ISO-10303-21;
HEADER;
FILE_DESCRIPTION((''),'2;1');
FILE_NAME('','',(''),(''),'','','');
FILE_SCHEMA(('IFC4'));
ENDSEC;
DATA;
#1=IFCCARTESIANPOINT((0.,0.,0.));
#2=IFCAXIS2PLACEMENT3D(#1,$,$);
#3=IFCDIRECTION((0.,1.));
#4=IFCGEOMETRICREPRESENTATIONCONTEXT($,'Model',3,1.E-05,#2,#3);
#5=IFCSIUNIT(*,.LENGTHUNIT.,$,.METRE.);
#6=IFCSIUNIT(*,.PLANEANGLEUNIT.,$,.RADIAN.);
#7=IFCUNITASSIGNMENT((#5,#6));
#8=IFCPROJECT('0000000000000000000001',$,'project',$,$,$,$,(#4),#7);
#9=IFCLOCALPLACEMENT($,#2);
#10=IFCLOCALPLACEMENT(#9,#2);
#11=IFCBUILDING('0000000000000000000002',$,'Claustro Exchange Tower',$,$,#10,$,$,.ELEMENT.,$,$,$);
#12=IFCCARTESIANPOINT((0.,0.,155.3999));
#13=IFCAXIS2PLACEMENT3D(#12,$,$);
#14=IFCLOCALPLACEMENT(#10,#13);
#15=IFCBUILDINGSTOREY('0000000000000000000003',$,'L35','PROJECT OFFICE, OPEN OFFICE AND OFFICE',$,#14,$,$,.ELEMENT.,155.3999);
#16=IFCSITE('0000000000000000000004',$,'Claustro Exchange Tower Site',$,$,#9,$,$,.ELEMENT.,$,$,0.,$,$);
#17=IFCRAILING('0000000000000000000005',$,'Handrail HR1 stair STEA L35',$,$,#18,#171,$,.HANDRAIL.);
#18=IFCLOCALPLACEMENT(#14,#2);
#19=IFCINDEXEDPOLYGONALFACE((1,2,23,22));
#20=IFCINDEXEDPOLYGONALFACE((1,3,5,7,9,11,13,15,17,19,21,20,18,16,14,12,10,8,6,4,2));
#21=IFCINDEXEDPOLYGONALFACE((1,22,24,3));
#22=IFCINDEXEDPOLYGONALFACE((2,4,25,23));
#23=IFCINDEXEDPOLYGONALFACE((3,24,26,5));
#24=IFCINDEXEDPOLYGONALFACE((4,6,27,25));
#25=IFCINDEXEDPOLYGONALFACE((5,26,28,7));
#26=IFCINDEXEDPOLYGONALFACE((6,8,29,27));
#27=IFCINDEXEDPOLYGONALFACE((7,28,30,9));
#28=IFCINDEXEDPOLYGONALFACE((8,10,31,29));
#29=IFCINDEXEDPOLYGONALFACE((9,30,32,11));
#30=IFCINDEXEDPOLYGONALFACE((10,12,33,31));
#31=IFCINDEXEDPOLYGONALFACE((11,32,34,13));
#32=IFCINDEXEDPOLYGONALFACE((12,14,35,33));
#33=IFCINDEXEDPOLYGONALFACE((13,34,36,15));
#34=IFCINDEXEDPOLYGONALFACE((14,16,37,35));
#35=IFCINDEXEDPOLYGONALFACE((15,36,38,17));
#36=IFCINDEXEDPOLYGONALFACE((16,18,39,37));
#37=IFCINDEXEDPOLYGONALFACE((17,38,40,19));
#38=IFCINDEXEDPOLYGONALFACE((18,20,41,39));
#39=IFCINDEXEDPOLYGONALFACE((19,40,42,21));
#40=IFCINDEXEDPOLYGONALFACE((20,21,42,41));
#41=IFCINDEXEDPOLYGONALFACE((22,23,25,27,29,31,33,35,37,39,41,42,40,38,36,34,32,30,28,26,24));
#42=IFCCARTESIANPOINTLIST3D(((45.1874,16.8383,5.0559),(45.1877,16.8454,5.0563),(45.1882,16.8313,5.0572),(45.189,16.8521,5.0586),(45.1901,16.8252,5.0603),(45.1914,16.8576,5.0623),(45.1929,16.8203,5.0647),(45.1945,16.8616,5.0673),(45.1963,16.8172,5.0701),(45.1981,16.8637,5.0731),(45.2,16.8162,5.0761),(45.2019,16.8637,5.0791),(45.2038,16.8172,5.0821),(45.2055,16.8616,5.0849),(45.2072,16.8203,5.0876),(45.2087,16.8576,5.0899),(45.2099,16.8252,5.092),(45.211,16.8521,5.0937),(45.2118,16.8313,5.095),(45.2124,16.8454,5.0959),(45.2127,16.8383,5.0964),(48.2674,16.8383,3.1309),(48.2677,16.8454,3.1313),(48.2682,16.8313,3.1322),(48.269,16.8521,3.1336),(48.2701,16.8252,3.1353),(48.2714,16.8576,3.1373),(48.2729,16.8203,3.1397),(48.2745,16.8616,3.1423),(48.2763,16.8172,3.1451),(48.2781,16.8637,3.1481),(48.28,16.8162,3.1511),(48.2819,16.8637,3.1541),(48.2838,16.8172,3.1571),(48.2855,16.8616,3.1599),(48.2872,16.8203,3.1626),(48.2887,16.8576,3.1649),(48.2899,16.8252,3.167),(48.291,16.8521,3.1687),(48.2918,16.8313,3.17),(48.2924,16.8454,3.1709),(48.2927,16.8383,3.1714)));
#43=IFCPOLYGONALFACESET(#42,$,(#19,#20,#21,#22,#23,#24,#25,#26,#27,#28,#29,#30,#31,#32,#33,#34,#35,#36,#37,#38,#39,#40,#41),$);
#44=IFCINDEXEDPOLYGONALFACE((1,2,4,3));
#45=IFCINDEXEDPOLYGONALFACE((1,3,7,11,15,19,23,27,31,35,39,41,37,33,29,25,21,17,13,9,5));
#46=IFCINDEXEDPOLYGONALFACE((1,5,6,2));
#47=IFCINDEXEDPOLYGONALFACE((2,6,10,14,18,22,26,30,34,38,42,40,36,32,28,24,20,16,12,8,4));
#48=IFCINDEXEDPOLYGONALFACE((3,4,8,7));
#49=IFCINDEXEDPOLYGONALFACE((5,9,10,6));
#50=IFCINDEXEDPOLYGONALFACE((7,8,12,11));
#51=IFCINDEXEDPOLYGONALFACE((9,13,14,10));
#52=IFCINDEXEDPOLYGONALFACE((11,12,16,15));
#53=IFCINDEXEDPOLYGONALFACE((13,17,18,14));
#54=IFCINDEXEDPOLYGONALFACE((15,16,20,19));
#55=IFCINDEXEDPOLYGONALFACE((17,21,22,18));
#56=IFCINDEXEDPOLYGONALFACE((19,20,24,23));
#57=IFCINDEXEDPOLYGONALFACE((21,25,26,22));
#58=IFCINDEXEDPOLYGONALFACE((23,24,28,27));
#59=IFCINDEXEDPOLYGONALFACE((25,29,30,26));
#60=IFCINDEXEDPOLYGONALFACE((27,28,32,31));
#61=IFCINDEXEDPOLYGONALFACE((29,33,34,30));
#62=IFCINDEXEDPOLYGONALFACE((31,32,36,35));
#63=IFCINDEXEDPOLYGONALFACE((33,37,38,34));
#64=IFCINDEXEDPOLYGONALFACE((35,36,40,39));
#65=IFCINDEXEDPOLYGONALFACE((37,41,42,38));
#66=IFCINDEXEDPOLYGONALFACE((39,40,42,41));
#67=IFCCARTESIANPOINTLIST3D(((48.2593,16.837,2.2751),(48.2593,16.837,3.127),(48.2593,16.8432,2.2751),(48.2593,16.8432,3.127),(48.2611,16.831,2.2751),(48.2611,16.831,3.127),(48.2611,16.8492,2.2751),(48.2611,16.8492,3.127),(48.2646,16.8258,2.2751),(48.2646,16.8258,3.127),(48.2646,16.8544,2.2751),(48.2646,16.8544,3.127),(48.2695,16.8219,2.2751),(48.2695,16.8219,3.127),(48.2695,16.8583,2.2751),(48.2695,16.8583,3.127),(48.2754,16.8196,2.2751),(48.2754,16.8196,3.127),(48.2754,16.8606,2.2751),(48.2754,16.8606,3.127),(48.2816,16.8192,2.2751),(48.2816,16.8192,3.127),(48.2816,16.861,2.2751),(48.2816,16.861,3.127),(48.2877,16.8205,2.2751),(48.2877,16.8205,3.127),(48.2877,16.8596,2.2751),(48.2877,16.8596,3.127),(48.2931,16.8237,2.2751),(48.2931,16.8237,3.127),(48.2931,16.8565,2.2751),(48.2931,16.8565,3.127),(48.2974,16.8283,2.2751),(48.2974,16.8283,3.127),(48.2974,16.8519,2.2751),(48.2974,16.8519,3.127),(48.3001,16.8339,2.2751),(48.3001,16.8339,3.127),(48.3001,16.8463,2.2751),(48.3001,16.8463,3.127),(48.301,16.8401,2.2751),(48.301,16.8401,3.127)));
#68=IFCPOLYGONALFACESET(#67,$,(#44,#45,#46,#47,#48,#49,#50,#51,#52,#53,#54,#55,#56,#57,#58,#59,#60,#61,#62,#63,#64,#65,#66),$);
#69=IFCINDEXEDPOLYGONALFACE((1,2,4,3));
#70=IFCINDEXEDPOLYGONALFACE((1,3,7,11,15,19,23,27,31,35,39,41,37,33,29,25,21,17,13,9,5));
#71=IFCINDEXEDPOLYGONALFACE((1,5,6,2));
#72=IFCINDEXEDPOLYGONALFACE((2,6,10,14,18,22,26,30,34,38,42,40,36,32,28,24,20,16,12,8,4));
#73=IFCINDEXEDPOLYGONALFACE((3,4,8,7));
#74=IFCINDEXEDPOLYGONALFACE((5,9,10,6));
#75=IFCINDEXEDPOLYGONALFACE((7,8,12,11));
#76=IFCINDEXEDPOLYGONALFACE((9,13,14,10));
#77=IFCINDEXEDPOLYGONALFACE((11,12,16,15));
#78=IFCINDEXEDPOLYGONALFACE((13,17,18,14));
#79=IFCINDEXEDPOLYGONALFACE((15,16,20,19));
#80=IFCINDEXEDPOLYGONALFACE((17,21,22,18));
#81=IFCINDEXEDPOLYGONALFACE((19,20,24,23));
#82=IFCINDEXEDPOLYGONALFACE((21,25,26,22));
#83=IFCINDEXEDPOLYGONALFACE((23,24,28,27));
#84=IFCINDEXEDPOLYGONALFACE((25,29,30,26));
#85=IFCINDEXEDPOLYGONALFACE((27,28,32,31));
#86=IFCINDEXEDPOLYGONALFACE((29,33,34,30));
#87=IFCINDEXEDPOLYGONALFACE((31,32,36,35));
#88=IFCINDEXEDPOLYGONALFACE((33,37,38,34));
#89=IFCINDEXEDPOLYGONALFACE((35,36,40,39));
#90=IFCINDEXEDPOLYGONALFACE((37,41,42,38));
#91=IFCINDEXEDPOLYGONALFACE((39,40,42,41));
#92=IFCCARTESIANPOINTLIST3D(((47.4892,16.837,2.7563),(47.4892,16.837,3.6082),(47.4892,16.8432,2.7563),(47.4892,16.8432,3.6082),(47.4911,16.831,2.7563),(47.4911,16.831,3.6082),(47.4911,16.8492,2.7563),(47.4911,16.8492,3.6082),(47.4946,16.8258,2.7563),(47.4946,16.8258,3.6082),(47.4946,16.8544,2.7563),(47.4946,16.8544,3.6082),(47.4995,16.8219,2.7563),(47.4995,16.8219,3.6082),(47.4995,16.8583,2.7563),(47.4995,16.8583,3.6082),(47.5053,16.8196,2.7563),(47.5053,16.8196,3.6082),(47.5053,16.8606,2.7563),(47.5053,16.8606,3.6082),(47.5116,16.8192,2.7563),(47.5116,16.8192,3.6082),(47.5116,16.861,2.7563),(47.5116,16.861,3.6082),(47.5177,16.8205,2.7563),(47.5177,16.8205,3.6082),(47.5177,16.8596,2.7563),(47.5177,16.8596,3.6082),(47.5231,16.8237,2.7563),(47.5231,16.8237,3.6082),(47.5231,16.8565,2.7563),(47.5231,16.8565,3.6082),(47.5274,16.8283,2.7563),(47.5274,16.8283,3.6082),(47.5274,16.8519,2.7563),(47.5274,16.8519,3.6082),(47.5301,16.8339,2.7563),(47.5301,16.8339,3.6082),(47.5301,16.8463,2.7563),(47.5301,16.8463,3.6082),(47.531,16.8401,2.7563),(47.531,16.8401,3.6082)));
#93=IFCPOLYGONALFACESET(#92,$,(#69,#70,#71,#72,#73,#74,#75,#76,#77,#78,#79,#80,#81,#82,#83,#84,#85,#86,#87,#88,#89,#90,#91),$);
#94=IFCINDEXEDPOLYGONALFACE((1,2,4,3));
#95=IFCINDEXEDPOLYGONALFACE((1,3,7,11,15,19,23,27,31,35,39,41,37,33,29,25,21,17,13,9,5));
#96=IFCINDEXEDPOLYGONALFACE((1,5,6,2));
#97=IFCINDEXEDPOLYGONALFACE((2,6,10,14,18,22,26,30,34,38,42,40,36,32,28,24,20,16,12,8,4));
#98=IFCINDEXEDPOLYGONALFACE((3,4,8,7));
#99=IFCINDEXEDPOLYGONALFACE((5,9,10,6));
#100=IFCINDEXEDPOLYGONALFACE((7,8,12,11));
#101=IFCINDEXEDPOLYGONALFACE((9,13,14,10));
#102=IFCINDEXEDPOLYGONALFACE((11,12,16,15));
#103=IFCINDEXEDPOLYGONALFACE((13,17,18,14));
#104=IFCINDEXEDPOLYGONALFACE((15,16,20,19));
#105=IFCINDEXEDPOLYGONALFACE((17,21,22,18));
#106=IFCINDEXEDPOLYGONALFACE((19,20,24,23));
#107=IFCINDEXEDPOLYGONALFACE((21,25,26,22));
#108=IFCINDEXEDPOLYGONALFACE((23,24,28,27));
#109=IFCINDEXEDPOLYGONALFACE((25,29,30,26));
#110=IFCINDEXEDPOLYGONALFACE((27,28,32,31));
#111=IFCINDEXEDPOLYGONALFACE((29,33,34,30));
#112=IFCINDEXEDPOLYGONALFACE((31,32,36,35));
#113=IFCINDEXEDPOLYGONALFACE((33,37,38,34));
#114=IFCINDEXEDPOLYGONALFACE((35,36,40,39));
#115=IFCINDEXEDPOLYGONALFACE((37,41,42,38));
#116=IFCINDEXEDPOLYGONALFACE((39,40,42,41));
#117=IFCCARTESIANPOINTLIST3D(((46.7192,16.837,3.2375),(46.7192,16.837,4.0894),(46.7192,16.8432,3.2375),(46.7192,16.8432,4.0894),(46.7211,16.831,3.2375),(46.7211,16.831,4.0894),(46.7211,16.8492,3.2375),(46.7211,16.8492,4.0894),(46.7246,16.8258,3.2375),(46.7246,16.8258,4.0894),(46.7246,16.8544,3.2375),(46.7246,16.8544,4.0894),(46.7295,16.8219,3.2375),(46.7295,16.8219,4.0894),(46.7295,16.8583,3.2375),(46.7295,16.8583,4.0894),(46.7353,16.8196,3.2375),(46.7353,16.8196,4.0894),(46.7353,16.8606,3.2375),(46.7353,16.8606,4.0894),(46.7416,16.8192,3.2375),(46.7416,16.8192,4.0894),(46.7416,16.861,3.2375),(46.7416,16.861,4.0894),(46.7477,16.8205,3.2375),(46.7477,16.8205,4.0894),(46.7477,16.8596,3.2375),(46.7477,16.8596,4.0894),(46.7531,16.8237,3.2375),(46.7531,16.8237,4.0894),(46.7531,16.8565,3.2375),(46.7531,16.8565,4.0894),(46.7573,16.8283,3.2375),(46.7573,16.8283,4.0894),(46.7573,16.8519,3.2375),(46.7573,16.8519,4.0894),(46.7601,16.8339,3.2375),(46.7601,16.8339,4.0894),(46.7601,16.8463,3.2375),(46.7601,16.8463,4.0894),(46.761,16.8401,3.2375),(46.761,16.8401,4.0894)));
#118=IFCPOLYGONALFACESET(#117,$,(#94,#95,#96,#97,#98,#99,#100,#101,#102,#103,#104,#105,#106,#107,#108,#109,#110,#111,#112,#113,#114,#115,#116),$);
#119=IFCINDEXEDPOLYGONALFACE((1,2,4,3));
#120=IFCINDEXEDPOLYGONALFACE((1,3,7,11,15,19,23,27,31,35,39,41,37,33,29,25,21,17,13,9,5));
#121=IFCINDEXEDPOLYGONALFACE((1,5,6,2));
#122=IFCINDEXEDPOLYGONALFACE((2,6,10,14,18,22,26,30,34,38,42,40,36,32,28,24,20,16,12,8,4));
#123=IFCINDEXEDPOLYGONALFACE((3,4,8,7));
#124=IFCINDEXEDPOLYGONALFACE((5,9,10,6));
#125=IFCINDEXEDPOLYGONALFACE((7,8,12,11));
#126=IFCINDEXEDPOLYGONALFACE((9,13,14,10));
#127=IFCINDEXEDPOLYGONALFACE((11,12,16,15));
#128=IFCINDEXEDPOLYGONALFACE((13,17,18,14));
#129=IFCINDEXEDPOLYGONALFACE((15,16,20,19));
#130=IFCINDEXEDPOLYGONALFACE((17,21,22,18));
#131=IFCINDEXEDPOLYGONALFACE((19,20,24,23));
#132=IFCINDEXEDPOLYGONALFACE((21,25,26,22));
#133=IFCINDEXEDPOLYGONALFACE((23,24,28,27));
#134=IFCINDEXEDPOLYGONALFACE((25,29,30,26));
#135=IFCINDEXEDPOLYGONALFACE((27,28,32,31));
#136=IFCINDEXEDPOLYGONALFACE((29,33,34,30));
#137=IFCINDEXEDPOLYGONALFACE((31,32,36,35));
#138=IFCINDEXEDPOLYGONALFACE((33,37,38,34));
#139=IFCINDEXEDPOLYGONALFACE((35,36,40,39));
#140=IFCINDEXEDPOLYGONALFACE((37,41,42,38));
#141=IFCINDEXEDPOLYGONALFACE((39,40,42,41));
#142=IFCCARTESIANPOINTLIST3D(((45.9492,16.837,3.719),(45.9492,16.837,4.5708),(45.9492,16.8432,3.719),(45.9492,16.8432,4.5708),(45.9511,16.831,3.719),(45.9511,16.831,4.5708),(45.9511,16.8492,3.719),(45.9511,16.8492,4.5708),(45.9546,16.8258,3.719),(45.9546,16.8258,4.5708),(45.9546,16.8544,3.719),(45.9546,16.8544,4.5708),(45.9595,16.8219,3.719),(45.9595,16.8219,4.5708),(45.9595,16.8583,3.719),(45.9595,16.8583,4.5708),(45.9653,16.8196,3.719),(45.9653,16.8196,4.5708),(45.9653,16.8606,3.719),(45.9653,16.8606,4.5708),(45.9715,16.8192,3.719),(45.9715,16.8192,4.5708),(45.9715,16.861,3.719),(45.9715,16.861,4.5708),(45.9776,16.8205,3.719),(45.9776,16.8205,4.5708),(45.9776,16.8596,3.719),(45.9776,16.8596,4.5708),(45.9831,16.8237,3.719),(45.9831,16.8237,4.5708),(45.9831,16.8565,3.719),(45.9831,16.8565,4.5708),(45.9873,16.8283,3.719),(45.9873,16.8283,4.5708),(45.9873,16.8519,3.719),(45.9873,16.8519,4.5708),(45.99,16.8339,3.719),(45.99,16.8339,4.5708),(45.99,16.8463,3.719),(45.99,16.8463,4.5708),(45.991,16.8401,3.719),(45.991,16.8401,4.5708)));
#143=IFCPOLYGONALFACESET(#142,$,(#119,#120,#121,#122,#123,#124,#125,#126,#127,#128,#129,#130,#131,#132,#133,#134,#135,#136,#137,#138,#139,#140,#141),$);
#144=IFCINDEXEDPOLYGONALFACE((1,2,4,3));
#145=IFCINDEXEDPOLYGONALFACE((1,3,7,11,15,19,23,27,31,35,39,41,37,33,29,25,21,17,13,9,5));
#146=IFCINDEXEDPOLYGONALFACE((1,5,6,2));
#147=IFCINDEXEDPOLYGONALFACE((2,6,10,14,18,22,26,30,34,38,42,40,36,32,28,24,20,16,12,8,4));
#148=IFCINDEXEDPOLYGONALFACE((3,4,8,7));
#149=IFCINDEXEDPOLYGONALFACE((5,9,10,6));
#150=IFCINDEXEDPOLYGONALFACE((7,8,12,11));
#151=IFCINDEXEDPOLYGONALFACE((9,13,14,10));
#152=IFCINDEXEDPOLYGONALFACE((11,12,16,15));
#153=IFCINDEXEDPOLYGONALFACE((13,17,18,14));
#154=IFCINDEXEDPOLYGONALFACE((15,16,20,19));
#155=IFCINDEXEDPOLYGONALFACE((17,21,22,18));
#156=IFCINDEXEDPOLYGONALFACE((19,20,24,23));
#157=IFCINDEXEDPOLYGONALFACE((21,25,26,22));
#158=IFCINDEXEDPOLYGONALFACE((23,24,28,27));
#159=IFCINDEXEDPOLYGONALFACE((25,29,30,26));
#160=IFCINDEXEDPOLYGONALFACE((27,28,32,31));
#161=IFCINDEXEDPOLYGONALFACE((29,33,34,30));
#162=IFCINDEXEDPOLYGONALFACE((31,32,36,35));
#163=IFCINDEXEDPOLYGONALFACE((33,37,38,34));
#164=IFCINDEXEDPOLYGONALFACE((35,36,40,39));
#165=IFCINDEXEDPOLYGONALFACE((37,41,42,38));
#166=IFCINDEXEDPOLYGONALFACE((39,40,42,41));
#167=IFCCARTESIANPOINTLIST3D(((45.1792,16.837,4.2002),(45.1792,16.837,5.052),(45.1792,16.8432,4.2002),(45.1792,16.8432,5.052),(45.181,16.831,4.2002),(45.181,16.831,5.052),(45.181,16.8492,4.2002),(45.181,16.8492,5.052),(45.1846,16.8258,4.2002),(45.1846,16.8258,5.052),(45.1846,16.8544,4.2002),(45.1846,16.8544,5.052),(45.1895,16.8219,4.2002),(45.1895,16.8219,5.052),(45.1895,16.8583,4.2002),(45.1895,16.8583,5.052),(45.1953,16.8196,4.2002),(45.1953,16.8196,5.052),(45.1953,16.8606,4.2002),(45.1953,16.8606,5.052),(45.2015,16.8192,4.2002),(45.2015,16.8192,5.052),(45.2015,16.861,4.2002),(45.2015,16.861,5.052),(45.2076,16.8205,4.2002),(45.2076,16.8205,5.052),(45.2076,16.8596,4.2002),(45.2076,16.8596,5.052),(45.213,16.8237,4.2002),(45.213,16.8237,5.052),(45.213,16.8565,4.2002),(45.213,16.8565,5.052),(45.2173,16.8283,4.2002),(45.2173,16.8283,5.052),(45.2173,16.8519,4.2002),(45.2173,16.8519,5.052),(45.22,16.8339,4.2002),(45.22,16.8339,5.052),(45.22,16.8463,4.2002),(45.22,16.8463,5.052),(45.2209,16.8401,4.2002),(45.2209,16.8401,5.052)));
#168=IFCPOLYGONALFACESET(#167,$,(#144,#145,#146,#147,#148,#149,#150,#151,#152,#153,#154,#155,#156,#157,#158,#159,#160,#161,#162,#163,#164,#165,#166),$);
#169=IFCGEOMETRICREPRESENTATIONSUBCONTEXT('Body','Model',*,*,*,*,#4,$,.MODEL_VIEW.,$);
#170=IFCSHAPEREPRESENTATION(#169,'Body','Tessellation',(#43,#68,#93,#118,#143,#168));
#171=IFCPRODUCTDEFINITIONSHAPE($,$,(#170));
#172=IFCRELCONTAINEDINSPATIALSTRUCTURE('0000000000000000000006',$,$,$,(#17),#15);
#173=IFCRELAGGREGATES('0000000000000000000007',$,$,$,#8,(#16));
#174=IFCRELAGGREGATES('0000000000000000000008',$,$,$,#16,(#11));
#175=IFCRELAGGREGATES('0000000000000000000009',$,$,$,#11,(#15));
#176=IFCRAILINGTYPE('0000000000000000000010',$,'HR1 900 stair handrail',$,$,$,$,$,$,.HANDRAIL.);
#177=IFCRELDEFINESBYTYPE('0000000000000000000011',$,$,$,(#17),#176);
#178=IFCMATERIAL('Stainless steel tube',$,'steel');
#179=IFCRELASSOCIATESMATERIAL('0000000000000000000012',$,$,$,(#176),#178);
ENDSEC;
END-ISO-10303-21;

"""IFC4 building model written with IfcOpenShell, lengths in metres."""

from ifc_helpers import new_model, si_unit, direction, frame, origin, origin_2d, place, context, subcontext, project, spatial, circle, extrude, material, type_object, element, save


model = new_model("IFC4")

# Units and contexts
model_context = context("Model", 3, precision=1e-05, world=origin(), true_north=direction((0.0, 1.0)))
body_context = subcontext(model_context, "Body", "Model", "MODEL_VIEW")
ifc_project = project(units=[si_unit("LENGTHUNIT", "METRE"), si_unit("PLANEANGLEUNIT", "RADIAN")], contexts=[model_context])

# Site, building, storey
site_placement = place(None, origin())
site = spatial("IfcSite", under=ifc_project, at=site_placement, Name="Claustro Exchange Tower Site", CompositionType="ELEMENT", RefElevation=0.0)
building_placement = place(site_placement, origin())
building = spatial("IfcBuilding", under=site, at=building_placement, Name="Claustro Exchange Tower", CompositionType="ELEMENT")
storey_placement = place(building_placement, frame((0.0, 0.0, 155.3999)))
storey = spatial("IfcBuildingStorey", under=building, at=storey_placement, Name="L35", Description="PROJECT OFFICE, OPEN OFFICE AND OFFICE", CompositionType="ELEMENT", Elevation=155.3999)

# Railing
ifc_material_1 = material(Name="Stainless steel tube", Category="steel")
railing_type_1 = type_object("IfcRailingType", Name="HR1 900 stair handrail", PredefinedType="HANDRAIL", material=ifc_material_1)
railing_1_placement = place(storey_placement, frame((48.28, 16.8401, 2.2751)))
element("IfcRailing", 1, at=railing_1_placement, inside=storey, type_object=railing_type_1, Name="Handrail HR1 stair STEA L35", PredefinedType="HANDRAIL", context=body_context, shape_type="SweptSolid", body=[
    extrude(circle(Radius=0.0239, at=origin_2d()), frame((0.0, 0.0, 0.876), z_axis=(-0.847998, 0.0, 0.529999), x_axis=(0.0, -1.0, 0.0)), (0.0, 0.0, 1.0), 3.6321),
    extrude(circle(Radius=0.021, at=origin_2d()), origin(), (0.0, 0.0, 1.0), 0.8518),
    extrude(circle(Radius=0.021, at=origin_2d()), frame((-0.77, 0.0, 0.4812)), (0.0, 0.0, 1.0), 0.8518),
    extrude(circle(Radius=0.021, at=origin_2d()), frame((-1.54, 0.0, 0.9624)), (0.0, 0.0, 1.0), 0.8518),
    extrude(circle(Radius=0.021, at=origin_2d()), frame((-2.3101, 0.0, 1.4438)), (0.0, 0.0, 1.0), 0.8518),
    extrude(circle(Radius=0.021, at=origin_2d()), frame((-3.0801, 0.0, 1.925)), (0.0, 0.0, 1.0), 0.8518),
])

save(model, "model.ifc")
